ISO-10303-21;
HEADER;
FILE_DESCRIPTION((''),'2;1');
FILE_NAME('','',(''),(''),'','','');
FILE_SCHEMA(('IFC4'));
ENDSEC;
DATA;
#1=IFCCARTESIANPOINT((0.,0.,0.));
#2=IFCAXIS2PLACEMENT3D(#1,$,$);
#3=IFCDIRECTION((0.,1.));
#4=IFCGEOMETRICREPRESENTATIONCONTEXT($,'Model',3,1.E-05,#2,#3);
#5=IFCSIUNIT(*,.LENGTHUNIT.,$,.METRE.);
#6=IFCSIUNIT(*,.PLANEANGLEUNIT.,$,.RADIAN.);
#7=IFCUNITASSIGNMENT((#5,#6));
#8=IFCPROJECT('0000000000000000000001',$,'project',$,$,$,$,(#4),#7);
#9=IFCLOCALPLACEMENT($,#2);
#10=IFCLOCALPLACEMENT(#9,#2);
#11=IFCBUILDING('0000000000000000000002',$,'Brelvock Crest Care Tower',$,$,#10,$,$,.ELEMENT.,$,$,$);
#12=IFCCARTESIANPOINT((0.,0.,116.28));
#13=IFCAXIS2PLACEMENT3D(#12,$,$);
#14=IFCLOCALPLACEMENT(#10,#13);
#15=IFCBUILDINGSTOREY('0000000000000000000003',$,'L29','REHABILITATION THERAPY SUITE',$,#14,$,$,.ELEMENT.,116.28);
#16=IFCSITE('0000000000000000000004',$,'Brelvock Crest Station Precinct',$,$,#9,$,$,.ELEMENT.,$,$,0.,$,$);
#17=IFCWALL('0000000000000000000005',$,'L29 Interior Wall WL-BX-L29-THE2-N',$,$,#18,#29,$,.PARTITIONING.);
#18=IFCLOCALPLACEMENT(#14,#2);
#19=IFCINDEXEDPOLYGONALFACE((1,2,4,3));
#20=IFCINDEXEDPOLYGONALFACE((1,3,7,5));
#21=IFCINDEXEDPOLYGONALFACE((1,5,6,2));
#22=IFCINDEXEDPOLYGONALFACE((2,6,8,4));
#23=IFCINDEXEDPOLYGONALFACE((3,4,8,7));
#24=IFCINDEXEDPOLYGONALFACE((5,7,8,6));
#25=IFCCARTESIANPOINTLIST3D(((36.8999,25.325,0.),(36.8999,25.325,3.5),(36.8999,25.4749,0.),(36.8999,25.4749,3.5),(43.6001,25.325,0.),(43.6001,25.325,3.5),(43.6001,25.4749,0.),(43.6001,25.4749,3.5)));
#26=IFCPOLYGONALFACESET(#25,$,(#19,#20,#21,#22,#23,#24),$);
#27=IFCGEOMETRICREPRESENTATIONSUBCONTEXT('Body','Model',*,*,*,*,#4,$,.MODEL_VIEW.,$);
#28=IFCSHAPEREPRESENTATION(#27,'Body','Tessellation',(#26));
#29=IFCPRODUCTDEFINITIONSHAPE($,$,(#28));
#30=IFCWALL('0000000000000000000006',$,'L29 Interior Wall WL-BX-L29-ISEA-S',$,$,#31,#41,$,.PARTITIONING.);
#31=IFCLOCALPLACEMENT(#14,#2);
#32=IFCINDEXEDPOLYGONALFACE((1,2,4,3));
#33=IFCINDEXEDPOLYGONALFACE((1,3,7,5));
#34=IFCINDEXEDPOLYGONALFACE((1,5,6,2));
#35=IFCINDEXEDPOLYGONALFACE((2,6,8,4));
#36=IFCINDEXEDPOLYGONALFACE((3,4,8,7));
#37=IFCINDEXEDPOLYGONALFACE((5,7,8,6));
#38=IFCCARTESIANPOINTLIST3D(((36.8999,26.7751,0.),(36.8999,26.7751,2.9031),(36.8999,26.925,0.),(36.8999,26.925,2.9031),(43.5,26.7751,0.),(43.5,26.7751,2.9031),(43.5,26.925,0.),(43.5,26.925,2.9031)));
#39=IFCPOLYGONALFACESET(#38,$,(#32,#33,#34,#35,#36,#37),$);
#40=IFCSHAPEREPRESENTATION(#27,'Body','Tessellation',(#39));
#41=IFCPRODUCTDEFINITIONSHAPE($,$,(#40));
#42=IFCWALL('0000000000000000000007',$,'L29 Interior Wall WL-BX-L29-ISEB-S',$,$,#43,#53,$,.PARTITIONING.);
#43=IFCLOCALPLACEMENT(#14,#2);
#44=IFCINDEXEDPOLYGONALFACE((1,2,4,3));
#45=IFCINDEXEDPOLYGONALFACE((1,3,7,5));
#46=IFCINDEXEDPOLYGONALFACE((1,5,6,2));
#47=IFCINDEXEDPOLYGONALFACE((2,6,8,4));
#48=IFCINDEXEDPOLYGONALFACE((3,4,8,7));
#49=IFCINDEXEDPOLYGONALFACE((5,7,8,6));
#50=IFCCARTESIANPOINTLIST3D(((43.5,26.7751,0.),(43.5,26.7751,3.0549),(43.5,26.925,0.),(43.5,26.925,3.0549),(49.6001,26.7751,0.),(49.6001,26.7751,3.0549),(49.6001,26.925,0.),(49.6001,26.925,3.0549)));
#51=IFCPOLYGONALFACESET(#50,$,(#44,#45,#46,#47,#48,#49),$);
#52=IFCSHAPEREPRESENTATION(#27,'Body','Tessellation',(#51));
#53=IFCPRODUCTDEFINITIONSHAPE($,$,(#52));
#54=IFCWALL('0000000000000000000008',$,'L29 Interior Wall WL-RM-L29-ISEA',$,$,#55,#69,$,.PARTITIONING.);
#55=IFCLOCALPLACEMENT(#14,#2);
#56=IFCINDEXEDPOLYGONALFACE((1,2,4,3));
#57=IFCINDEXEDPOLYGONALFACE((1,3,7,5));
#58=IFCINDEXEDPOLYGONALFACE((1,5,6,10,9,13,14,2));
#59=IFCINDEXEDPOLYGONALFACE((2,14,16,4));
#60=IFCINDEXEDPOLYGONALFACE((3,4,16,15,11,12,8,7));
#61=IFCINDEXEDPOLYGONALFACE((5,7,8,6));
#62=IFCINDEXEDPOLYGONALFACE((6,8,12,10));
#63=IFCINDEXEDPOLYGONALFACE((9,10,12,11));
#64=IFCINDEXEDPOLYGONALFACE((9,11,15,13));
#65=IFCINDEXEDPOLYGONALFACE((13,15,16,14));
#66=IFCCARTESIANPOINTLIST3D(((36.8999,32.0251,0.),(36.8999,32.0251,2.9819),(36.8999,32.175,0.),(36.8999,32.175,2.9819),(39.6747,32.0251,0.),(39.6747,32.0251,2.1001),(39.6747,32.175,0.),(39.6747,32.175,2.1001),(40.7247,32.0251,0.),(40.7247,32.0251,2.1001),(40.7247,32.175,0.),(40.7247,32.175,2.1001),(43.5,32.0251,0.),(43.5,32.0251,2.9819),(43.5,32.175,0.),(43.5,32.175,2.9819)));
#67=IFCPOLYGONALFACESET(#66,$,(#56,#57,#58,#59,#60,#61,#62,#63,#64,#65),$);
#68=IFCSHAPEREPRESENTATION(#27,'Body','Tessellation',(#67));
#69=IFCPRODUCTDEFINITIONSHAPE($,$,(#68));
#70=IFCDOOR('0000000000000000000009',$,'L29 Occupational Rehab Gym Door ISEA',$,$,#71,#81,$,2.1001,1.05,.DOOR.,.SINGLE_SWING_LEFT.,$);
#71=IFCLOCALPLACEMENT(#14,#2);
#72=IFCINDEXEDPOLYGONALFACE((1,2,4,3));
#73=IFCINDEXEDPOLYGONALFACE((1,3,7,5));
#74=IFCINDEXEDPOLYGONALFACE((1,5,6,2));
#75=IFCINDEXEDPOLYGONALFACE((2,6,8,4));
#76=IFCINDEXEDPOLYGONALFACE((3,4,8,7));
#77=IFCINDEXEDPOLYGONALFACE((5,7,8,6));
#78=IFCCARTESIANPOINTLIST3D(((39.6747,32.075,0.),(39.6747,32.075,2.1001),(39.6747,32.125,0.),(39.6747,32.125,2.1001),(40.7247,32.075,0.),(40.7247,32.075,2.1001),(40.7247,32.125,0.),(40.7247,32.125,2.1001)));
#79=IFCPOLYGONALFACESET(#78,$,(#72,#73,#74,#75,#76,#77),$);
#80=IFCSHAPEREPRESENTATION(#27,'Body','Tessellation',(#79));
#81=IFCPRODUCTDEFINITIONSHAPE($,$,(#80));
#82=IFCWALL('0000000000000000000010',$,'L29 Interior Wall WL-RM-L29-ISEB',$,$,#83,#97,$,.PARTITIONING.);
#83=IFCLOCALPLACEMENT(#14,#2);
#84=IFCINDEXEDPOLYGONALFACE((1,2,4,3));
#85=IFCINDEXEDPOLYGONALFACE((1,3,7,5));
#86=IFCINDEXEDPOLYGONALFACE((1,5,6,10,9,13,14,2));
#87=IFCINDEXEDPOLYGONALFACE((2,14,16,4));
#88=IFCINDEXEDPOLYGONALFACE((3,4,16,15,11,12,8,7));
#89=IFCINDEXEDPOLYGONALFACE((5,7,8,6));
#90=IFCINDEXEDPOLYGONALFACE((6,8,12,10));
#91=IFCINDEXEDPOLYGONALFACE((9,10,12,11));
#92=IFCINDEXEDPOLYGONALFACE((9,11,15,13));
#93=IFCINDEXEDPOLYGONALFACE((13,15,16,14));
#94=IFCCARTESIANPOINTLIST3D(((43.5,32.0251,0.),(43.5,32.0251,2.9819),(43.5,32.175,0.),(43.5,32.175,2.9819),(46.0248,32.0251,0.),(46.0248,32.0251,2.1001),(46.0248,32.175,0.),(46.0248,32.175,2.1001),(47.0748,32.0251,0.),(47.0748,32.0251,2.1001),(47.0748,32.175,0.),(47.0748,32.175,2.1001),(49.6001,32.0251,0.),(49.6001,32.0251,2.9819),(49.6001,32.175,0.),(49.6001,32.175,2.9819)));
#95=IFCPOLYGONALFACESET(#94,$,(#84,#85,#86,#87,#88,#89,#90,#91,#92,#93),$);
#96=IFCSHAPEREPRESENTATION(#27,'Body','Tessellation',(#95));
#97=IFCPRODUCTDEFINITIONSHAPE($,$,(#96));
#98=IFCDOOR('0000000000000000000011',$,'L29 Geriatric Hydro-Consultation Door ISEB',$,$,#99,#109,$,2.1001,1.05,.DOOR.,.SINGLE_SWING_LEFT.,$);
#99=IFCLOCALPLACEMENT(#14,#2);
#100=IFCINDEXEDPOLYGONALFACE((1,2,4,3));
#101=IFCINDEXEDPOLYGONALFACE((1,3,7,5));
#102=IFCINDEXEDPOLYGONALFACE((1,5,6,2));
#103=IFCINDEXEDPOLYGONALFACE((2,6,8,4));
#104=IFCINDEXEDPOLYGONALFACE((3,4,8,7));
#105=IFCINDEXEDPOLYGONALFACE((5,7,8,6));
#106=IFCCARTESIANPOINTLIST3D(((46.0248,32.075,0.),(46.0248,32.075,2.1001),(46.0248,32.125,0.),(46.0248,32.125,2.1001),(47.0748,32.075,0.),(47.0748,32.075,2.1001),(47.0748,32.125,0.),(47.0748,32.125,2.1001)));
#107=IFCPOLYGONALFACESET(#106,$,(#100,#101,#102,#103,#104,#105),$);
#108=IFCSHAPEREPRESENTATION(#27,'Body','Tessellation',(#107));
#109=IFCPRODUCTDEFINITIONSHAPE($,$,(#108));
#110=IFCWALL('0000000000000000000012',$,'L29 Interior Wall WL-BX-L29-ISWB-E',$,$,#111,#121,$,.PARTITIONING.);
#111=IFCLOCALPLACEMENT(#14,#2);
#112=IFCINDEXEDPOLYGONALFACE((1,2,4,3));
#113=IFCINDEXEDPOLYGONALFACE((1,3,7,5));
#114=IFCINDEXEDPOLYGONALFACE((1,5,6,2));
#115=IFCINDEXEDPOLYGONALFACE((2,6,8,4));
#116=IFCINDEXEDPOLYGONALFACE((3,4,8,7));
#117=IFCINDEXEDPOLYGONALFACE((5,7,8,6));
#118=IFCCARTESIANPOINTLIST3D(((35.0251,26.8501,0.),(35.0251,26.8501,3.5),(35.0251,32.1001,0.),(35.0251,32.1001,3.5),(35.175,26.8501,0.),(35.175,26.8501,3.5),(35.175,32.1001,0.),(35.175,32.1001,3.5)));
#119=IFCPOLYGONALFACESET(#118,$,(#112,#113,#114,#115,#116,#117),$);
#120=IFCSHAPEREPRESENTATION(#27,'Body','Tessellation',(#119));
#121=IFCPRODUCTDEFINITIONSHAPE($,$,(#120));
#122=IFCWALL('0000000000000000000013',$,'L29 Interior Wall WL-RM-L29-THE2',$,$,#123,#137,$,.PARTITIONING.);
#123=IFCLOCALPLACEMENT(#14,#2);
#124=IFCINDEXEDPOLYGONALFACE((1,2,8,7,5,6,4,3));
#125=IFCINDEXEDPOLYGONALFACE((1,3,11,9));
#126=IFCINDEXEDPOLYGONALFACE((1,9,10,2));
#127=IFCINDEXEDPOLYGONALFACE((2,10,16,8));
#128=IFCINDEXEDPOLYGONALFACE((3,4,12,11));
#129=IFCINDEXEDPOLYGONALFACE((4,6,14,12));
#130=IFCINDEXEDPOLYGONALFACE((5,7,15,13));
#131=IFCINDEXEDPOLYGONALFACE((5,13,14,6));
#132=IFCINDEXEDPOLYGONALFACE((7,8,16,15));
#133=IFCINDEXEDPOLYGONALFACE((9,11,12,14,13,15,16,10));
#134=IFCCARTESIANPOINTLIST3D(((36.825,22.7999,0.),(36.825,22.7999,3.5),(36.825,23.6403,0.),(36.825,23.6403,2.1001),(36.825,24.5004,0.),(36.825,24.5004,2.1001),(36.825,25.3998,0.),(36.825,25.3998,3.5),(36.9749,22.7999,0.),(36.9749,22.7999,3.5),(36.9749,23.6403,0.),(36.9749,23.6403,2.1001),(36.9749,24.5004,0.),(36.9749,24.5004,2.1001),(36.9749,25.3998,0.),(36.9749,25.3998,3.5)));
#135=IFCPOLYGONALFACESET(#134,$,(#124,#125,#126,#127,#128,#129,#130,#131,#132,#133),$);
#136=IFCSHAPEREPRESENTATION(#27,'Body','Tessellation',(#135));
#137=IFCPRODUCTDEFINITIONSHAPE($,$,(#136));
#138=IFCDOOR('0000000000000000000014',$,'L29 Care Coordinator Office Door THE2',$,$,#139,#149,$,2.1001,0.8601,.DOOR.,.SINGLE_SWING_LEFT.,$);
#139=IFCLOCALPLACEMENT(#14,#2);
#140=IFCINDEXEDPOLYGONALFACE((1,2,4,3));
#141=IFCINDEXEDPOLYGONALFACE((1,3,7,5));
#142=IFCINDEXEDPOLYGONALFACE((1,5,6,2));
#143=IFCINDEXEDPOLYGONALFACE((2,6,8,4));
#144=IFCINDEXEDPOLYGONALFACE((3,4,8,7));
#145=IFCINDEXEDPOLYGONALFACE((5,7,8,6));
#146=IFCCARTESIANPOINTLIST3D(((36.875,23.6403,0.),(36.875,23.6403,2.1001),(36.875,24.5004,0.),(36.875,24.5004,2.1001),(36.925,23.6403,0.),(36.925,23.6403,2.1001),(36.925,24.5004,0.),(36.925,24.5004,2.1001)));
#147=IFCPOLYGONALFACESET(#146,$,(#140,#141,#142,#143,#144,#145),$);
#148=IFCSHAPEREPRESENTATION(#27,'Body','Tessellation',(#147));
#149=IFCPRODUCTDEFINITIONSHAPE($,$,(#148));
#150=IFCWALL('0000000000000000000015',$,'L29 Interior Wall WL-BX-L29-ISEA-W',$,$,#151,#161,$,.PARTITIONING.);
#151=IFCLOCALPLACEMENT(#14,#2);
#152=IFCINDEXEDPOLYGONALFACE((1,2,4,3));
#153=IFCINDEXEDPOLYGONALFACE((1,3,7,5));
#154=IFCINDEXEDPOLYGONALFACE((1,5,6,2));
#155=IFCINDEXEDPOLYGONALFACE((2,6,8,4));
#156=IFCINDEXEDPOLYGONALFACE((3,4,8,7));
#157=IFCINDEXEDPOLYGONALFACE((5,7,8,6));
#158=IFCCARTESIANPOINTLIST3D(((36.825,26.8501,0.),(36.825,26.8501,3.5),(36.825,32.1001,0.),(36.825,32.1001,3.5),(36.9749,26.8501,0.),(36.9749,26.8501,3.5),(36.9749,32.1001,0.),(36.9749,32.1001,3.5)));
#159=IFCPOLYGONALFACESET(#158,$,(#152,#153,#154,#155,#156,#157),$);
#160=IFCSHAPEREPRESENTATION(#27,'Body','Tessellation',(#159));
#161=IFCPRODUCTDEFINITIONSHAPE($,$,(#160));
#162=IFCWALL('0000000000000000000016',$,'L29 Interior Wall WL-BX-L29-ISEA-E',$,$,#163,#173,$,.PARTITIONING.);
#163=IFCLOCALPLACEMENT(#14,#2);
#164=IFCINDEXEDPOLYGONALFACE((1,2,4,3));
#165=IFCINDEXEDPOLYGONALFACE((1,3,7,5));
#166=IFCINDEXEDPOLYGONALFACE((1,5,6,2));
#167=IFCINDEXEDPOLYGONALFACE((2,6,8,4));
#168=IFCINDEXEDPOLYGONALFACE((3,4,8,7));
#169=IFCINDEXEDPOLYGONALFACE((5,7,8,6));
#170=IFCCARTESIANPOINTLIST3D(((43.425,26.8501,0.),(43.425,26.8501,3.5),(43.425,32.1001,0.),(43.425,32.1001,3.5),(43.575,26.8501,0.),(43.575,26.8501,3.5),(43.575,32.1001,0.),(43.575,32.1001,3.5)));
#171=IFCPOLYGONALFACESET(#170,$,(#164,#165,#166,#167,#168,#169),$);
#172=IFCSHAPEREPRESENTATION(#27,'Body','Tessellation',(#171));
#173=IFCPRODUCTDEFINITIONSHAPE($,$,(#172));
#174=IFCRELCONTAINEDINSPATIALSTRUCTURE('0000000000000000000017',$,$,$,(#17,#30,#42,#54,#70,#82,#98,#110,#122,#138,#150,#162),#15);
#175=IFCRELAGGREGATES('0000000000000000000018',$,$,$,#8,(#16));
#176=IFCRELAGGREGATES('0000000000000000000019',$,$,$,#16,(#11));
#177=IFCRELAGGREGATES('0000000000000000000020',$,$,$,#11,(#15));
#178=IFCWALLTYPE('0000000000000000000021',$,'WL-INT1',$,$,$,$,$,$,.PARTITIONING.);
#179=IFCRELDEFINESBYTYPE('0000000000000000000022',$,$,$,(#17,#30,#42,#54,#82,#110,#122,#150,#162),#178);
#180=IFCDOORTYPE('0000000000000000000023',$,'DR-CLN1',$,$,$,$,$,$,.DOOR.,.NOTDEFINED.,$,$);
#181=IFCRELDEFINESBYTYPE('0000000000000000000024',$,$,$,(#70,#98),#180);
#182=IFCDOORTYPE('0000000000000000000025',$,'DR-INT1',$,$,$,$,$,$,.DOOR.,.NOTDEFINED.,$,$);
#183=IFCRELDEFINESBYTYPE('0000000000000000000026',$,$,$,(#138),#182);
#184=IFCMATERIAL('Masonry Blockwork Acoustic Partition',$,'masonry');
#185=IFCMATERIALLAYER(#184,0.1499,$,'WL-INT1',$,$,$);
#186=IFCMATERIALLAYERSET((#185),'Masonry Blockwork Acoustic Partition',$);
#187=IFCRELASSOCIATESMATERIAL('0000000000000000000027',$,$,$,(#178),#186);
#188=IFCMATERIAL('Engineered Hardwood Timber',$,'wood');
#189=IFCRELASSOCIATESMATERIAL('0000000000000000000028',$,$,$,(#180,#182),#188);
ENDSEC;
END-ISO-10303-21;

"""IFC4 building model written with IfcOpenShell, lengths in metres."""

from ifc_helpers import new_model, si_unit, direction, frame, frame_2d, origin, origin_2d, place, context, subcontext, project, spatial, rectangle, extrude, source, transform, mapped, material, layer, layer_set, type_object, element, fill, save


model = new_model("IFC4")

# Units and contexts
model_context = context("Model", 3, precision=1e-05, world=origin(), true_north=direction((0.0, 1.0)))
body_context = subcontext(model_context, "Body", "Model", "MODEL_VIEW")
ifc_project = project(units=[si_unit("LENGTHUNIT", "METRE"), si_unit("PLANEANGLEUNIT", "RADIAN")], contexts=[model_context])

# Site, building, storey
site_placement = place(None, origin())
site = spatial("IfcSite", under=ifc_project, at=site_placement, Name="Brelvock Crest Station Precinct", CompositionType="ELEMENT", RefElevation=0.0)
building_placement = place(site_placement, origin())
building = spatial("IfcBuilding", under=site, at=building_placement, Name="Brelvock Crest Care Tower", CompositionType="ELEMENT")
storey_placement = place(building_placement, frame((0.0, 0.0, 116.28)))
storey = spatial("IfcBuildingStorey", under=building, at=storey_placement, Name="L29", Description="REHABILITATION THERAPY SUITE", CompositionType="ELEMENT", Elevation=116.28)

# Walls
ifc_material_1 = material(Name="Masonry Blockwork Acoustic Partition", Category="masonry")
ifc_layer_1 = layer(ifc_material_1, 0.1499, Name="WL-INT1")
ifc_layer_set_1 = layer_set([ifc_layer_1], Name="Masonry Blockwork Acoustic Partition")
wall_type_1 = type_object("IfcWallType", Name="WL-INT1", PredefinedType="PARTITIONING", material=ifc_layer_set_1)
wall_1_placement = place(storey_placement, frame((36.8999, 25.3999, 0.0), z_axis=(0.0, 0.0, 1.0), x_axis=(1.0, 0.0, 0.0)))
element("IfcWall", 1, at=wall_1_placement, inside=storey, type_object=wall_type_1, Name="L29 Interior Wall WL-BX-L29-THE2-N", PredefinedType="PARTITIONING", context=body_context, shape_type="SweptSolid", body=[
    extrude(rectangle(XDim=6.7002, YDim=0.1499, at=frame_2d((3.3501, 0.0))), origin(), (0.0, 0.0, 1.0), 3.5),
])
wall_2_placement = place(storey_placement, frame((36.8999, 26.8501, 0.0), z_axis=(0.0, 0.0, 1.0), x_axis=(1.0, 0.0, 0.0)))
element("IfcWall", 2, at=wall_2_placement, inside=storey, type_object=wall_type_1, Name="L29 Interior Wall WL-BX-L29-ISEA-S", PredefinedType="PARTITIONING", context=body_context, shape_type="SweptSolid", body=[
    extrude(rectangle(XDim=6.6001, YDim=0.1499, at=frame_2d((3.3, 0.0))), origin(), (0.0, 0.0, 1.0), 2.9031),
])
wall_3_placement = place(storey_placement, frame((43.5, 26.8501, 0.0), z_axis=(0.0, 0.0, 1.0), x_axis=(1.0, 0.0, 0.0)))
element("IfcWall", 3, at=wall_3_placement, inside=storey, type_object=wall_type_1, Name="L29 Interior Wall WL-BX-L29-ISEB-S", PredefinedType="PARTITIONING", context=body_context, shape_type="SweptSolid", body=[
    extrude(rectangle(XDim=6.1001, YDim=0.1499, at=frame_2d((3.05, 0.0))), origin(), (0.0, 0.0, 1.0), 3.0549),
])

# Walls, openings, doors
wall_4_placement = place(storey_placement, frame((36.8999, 32.1001, 0.0), z_axis=(0.0, 0.0, 1.0), x_axis=(1.0, 0.0, 0.0)))
wall_4 = element("IfcWall", 4, at=wall_4_placement, inside=storey, type_object=wall_type_1, Name="L29 Interior Wall WL-RM-L29-ISEA", PredefinedType="PARTITIONING", context=body_context, shape_type="SweptSolid", body=[
    extrude(rectangle(XDim=6.6001, YDim=0.1499, at=frame_2d((3.3, 0.0))), origin(), (0.0, 0.0, 1.0), 2.9819),
])
opening_1_placement = place(wall_4_placement, frame((2.7749, 0.0, 0.0)))
opening_1 = element("IfcOpeningElement", 5, at=opening_1_placement, cuts=wall_4, PredefinedType="OPENING", context=body_context, shape_type="SweptSolid", body=[
    extrude(rectangle(XDim=1.05, YDim=2.1001, at=origin_2d()), frame((0.5249, 0.085, 1.05), z_axis=(0.0, -1.0, 0.0), x_axis=(1.0, 0.0, 0.0)), (0.0, 0.0, 1.0), 0.1699),
])
ifc_material_2 = material(Name="Engineered Hardwood Timber", Category="wood")
door_type_1 = type_object("IfcDoorType", Name="DR-CLN1", OperationType="NOTDEFINED", PredefinedType="DOOR", material=ifc_material_2)
shared_shape_1 = source(origin(), body_context, "Body", "SweptSolid", [
    extrude(rectangle(XDim=1.05, YDim=2.1001, at=origin_2d()), frame((0.5249, 0.0249, 1.05), z_axis=(0.0, -1.0, 0.0), x_axis=(1.0, 0.0, 0.0)), (0.0, 0.0, 1.0), 0.05),
])
door_1_placement = place(opening_1_placement, origin())
door_1 = element("IfcDoor", 6, at=door_1_placement, inside=storey, type_object=door_type_1, Name="L29 Occupational Rehab Gym Door ISEA", OperationType="SINGLE_SWING_LEFT", OverallHeight=2.1001, OverallWidth=1.05, PredefinedType="DOOR", context=body_context, shape_type="MappedRepresentation", body=[
    mapped(shared_shape_1, transform((0.0, 0.0, 0.0), x_axis=(1.0, 0.0, 0.0), y_axis=(0.0, 1.0, 0.0), z_axis=(0.0, 0.0, 1.0), scale=1.0)),
])
fill(opening_1, door_1)
wall_5_placement = place(storey_placement, frame((43.5, 32.1001, 0.0), z_axis=(0.0, 0.0, 1.0), x_axis=(1.0, 0.0, 0.0)))
wall_5 = element("IfcWall", 7, at=wall_5_placement, inside=storey, type_object=wall_type_1, Name="L29 Interior Wall WL-RM-L29-ISEB", PredefinedType="PARTITIONING", context=body_context, shape_type="SweptSolid", body=[
    extrude(rectangle(XDim=6.1001, YDim=0.1499, at=frame_2d((3.05, 0.0))), origin(), (0.0, 0.0, 1.0), 2.9819),
])
opening_2_placement = place(wall_5_placement, frame((2.5249, 0.0, 0.0)))
opening_2 = element("IfcOpeningElement", 8, at=opening_2_placement, cuts=wall_5, PredefinedType="OPENING", context=body_context, shape_type="SweptSolid", body=[
    extrude(rectangle(XDim=1.05, YDim=2.1001, at=origin_2d()), frame((0.5249, 0.085, 1.05), z_axis=(0.0, -1.0, 0.0), x_axis=(1.0, 0.0, 0.0)), (0.0, 0.0, 1.0), 0.1699),
])
door_2_placement = place(opening_2_placement, origin())
door_2 = element("IfcDoor", 9, at=door_2_placement, inside=storey, type_object=door_type_1, Name="L29 Geriatric Hydro-Consultation Door ISEB", OperationType="SINGLE_SWING_LEFT", OverallHeight=2.1001, OverallWidth=1.05, PredefinedType="DOOR", context=body_context, shape_type="MappedRepresentation", body=[
    mapped(shared_shape_1, transform((0.0, 0.0, 0.0), x_axis=(1.0, 0.0, 0.0), y_axis=(0.0, 1.0, 0.0), z_axis=(0.0, 0.0, 1.0), scale=1.0)),
])
fill(opening_2, door_2)

# Wall
wall_6_placement = place(storey_placement, frame((35.1001, 26.8501, 0.0), z_axis=(0.0, 0.0, 1.0), x_axis=(0.0, 1.0, 0.0)))
element("IfcWall", 10, at=wall_6_placement, inside=storey, type_object=wall_type_1, Name="L29 Interior Wall WL-BX-L29-ISWB-E", PredefinedType="PARTITIONING", context=body_context, shape_type="SweptSolid", body=[
    extrude(rectangle(XDim=5.25, YDim=0.1499, at=frame_2d((2.625, 0.0))), origin(), (0.0, 0.0, 1.0), 3.5),
])

# Wall, opening, door
wall_7_placement = place(storey_placement, frame((36.8999, 22.8, 0.0), z_axis=(0.0, 0.0, 1.0), x_axis=(0.0, 1.0, 0.0)))
wall_7 = element("IfcWall", 11, at=wall_7_placement, inside=storey, type_object=wall_type_1, Name="L29 Interior Wall WL-RM-L29-THE2", PredefinedType="PARTITIONING", context=body_context, shape_type="SweptSolid", body=[
    extrude(rectangle(XDim=2.5999, YDim=0.1499, at=frame_2d((1.2998, 0.0))), origin(), (0.0, 0.0, 1.0), 3.5),
])
opening_3_placement = place(wall_7_placement, frame((0.8401, 0.0, 0.0)))
opening_3 = element("IfcOpeningElement", 12, at=opening_3_placement, cuts=wall_7, PredefinedType="OPENING", context=body_context, shape_type="SweptSolid", body=[
    extrude(rectangle(XDim=0.8601, YDim=2.1001, at=origin_2d()), frame((0.4302, 0.085, 1.05), z_axis=(0.0, -1.0, 0.0), x_axis=(1.0, 0.0, 0.0)), (0.0, 0.0, 1.0), 0.1699),
])
door_type_2 = type_object("IfcDoorType", Name="DR-INT1", OperationType="NOTDEFINED", PredefinedType="DOOR", material=ifc_material_2)
shared_shape_2 = source(origin(), body_context, "Body", "SweptSolid", [
    extrude(rectangle(XDim=0.8601, YDim=2.1001, at=origin_2d()), frame((0.4302, 0.0249, 1.05), z_axis=(0.0, -1.0, 0.0), x_axis=(1.0, 0.0, 0.0)), (0.0, 0.0, 1.0), 0.05),
])
door_3_placement = place(opening_3_placement, origin())
door_3 = element("IfcDoor", 13, at=door_3_placement, inside=storey, type_object=door_type_2, Name="L29 Care Coordinator Office Door THE2", OperationType="SINGLE_SWING_LEFT", OverallHeight=2.1001, OverallWidth=0.8601, PredefinedType="DOOR", context=body_context, shape_type="MappedRepresentation", body=[
    mapped(shared_shape_2, transform((0.0, 0.0, 0.0), x_axis=(1.0, 0.0, 0.0), y_axis=(0.0, 1.0, 0.0), z_axis=(0.0, 0.0, 1.0), scale=1.0)),
])
fill(opening_3, door_3)

# Walls
for number, where, z_axis, x_axis, name in (
    (14, (36.8999, 26.8501, 0.0), (0.0, 0.0, 1.0), (0.0, 1.0, 0.0), "L29 Interior Wall WL-BX-L29-ISEA-W"),
    (15, (43.5, 26.8501, 0.0), (0.0, 0.0, 1.0), (0.0, 1.0, 0.0), "L29 Interior Wall WL-BX-L29-ISEA-E"),
):
    element("IfcWall", number, at=place(storey_placement, frame(where, z_axis=z_axis, x_axis=x_axis)), inside=storey, type_object=wall_type_1, Name=name, PredefinedType="PARTITIONING", context=body_context, shape_type="SweptSolid", body=[
        extrude(rectangle(XDim=5.25, YDim=0.1499, at=frame_2d((2.625, 0.0))), origin(), (0.0, 0.0, 1.0), 3.5),
    ])

save(model, "model.ifc")
